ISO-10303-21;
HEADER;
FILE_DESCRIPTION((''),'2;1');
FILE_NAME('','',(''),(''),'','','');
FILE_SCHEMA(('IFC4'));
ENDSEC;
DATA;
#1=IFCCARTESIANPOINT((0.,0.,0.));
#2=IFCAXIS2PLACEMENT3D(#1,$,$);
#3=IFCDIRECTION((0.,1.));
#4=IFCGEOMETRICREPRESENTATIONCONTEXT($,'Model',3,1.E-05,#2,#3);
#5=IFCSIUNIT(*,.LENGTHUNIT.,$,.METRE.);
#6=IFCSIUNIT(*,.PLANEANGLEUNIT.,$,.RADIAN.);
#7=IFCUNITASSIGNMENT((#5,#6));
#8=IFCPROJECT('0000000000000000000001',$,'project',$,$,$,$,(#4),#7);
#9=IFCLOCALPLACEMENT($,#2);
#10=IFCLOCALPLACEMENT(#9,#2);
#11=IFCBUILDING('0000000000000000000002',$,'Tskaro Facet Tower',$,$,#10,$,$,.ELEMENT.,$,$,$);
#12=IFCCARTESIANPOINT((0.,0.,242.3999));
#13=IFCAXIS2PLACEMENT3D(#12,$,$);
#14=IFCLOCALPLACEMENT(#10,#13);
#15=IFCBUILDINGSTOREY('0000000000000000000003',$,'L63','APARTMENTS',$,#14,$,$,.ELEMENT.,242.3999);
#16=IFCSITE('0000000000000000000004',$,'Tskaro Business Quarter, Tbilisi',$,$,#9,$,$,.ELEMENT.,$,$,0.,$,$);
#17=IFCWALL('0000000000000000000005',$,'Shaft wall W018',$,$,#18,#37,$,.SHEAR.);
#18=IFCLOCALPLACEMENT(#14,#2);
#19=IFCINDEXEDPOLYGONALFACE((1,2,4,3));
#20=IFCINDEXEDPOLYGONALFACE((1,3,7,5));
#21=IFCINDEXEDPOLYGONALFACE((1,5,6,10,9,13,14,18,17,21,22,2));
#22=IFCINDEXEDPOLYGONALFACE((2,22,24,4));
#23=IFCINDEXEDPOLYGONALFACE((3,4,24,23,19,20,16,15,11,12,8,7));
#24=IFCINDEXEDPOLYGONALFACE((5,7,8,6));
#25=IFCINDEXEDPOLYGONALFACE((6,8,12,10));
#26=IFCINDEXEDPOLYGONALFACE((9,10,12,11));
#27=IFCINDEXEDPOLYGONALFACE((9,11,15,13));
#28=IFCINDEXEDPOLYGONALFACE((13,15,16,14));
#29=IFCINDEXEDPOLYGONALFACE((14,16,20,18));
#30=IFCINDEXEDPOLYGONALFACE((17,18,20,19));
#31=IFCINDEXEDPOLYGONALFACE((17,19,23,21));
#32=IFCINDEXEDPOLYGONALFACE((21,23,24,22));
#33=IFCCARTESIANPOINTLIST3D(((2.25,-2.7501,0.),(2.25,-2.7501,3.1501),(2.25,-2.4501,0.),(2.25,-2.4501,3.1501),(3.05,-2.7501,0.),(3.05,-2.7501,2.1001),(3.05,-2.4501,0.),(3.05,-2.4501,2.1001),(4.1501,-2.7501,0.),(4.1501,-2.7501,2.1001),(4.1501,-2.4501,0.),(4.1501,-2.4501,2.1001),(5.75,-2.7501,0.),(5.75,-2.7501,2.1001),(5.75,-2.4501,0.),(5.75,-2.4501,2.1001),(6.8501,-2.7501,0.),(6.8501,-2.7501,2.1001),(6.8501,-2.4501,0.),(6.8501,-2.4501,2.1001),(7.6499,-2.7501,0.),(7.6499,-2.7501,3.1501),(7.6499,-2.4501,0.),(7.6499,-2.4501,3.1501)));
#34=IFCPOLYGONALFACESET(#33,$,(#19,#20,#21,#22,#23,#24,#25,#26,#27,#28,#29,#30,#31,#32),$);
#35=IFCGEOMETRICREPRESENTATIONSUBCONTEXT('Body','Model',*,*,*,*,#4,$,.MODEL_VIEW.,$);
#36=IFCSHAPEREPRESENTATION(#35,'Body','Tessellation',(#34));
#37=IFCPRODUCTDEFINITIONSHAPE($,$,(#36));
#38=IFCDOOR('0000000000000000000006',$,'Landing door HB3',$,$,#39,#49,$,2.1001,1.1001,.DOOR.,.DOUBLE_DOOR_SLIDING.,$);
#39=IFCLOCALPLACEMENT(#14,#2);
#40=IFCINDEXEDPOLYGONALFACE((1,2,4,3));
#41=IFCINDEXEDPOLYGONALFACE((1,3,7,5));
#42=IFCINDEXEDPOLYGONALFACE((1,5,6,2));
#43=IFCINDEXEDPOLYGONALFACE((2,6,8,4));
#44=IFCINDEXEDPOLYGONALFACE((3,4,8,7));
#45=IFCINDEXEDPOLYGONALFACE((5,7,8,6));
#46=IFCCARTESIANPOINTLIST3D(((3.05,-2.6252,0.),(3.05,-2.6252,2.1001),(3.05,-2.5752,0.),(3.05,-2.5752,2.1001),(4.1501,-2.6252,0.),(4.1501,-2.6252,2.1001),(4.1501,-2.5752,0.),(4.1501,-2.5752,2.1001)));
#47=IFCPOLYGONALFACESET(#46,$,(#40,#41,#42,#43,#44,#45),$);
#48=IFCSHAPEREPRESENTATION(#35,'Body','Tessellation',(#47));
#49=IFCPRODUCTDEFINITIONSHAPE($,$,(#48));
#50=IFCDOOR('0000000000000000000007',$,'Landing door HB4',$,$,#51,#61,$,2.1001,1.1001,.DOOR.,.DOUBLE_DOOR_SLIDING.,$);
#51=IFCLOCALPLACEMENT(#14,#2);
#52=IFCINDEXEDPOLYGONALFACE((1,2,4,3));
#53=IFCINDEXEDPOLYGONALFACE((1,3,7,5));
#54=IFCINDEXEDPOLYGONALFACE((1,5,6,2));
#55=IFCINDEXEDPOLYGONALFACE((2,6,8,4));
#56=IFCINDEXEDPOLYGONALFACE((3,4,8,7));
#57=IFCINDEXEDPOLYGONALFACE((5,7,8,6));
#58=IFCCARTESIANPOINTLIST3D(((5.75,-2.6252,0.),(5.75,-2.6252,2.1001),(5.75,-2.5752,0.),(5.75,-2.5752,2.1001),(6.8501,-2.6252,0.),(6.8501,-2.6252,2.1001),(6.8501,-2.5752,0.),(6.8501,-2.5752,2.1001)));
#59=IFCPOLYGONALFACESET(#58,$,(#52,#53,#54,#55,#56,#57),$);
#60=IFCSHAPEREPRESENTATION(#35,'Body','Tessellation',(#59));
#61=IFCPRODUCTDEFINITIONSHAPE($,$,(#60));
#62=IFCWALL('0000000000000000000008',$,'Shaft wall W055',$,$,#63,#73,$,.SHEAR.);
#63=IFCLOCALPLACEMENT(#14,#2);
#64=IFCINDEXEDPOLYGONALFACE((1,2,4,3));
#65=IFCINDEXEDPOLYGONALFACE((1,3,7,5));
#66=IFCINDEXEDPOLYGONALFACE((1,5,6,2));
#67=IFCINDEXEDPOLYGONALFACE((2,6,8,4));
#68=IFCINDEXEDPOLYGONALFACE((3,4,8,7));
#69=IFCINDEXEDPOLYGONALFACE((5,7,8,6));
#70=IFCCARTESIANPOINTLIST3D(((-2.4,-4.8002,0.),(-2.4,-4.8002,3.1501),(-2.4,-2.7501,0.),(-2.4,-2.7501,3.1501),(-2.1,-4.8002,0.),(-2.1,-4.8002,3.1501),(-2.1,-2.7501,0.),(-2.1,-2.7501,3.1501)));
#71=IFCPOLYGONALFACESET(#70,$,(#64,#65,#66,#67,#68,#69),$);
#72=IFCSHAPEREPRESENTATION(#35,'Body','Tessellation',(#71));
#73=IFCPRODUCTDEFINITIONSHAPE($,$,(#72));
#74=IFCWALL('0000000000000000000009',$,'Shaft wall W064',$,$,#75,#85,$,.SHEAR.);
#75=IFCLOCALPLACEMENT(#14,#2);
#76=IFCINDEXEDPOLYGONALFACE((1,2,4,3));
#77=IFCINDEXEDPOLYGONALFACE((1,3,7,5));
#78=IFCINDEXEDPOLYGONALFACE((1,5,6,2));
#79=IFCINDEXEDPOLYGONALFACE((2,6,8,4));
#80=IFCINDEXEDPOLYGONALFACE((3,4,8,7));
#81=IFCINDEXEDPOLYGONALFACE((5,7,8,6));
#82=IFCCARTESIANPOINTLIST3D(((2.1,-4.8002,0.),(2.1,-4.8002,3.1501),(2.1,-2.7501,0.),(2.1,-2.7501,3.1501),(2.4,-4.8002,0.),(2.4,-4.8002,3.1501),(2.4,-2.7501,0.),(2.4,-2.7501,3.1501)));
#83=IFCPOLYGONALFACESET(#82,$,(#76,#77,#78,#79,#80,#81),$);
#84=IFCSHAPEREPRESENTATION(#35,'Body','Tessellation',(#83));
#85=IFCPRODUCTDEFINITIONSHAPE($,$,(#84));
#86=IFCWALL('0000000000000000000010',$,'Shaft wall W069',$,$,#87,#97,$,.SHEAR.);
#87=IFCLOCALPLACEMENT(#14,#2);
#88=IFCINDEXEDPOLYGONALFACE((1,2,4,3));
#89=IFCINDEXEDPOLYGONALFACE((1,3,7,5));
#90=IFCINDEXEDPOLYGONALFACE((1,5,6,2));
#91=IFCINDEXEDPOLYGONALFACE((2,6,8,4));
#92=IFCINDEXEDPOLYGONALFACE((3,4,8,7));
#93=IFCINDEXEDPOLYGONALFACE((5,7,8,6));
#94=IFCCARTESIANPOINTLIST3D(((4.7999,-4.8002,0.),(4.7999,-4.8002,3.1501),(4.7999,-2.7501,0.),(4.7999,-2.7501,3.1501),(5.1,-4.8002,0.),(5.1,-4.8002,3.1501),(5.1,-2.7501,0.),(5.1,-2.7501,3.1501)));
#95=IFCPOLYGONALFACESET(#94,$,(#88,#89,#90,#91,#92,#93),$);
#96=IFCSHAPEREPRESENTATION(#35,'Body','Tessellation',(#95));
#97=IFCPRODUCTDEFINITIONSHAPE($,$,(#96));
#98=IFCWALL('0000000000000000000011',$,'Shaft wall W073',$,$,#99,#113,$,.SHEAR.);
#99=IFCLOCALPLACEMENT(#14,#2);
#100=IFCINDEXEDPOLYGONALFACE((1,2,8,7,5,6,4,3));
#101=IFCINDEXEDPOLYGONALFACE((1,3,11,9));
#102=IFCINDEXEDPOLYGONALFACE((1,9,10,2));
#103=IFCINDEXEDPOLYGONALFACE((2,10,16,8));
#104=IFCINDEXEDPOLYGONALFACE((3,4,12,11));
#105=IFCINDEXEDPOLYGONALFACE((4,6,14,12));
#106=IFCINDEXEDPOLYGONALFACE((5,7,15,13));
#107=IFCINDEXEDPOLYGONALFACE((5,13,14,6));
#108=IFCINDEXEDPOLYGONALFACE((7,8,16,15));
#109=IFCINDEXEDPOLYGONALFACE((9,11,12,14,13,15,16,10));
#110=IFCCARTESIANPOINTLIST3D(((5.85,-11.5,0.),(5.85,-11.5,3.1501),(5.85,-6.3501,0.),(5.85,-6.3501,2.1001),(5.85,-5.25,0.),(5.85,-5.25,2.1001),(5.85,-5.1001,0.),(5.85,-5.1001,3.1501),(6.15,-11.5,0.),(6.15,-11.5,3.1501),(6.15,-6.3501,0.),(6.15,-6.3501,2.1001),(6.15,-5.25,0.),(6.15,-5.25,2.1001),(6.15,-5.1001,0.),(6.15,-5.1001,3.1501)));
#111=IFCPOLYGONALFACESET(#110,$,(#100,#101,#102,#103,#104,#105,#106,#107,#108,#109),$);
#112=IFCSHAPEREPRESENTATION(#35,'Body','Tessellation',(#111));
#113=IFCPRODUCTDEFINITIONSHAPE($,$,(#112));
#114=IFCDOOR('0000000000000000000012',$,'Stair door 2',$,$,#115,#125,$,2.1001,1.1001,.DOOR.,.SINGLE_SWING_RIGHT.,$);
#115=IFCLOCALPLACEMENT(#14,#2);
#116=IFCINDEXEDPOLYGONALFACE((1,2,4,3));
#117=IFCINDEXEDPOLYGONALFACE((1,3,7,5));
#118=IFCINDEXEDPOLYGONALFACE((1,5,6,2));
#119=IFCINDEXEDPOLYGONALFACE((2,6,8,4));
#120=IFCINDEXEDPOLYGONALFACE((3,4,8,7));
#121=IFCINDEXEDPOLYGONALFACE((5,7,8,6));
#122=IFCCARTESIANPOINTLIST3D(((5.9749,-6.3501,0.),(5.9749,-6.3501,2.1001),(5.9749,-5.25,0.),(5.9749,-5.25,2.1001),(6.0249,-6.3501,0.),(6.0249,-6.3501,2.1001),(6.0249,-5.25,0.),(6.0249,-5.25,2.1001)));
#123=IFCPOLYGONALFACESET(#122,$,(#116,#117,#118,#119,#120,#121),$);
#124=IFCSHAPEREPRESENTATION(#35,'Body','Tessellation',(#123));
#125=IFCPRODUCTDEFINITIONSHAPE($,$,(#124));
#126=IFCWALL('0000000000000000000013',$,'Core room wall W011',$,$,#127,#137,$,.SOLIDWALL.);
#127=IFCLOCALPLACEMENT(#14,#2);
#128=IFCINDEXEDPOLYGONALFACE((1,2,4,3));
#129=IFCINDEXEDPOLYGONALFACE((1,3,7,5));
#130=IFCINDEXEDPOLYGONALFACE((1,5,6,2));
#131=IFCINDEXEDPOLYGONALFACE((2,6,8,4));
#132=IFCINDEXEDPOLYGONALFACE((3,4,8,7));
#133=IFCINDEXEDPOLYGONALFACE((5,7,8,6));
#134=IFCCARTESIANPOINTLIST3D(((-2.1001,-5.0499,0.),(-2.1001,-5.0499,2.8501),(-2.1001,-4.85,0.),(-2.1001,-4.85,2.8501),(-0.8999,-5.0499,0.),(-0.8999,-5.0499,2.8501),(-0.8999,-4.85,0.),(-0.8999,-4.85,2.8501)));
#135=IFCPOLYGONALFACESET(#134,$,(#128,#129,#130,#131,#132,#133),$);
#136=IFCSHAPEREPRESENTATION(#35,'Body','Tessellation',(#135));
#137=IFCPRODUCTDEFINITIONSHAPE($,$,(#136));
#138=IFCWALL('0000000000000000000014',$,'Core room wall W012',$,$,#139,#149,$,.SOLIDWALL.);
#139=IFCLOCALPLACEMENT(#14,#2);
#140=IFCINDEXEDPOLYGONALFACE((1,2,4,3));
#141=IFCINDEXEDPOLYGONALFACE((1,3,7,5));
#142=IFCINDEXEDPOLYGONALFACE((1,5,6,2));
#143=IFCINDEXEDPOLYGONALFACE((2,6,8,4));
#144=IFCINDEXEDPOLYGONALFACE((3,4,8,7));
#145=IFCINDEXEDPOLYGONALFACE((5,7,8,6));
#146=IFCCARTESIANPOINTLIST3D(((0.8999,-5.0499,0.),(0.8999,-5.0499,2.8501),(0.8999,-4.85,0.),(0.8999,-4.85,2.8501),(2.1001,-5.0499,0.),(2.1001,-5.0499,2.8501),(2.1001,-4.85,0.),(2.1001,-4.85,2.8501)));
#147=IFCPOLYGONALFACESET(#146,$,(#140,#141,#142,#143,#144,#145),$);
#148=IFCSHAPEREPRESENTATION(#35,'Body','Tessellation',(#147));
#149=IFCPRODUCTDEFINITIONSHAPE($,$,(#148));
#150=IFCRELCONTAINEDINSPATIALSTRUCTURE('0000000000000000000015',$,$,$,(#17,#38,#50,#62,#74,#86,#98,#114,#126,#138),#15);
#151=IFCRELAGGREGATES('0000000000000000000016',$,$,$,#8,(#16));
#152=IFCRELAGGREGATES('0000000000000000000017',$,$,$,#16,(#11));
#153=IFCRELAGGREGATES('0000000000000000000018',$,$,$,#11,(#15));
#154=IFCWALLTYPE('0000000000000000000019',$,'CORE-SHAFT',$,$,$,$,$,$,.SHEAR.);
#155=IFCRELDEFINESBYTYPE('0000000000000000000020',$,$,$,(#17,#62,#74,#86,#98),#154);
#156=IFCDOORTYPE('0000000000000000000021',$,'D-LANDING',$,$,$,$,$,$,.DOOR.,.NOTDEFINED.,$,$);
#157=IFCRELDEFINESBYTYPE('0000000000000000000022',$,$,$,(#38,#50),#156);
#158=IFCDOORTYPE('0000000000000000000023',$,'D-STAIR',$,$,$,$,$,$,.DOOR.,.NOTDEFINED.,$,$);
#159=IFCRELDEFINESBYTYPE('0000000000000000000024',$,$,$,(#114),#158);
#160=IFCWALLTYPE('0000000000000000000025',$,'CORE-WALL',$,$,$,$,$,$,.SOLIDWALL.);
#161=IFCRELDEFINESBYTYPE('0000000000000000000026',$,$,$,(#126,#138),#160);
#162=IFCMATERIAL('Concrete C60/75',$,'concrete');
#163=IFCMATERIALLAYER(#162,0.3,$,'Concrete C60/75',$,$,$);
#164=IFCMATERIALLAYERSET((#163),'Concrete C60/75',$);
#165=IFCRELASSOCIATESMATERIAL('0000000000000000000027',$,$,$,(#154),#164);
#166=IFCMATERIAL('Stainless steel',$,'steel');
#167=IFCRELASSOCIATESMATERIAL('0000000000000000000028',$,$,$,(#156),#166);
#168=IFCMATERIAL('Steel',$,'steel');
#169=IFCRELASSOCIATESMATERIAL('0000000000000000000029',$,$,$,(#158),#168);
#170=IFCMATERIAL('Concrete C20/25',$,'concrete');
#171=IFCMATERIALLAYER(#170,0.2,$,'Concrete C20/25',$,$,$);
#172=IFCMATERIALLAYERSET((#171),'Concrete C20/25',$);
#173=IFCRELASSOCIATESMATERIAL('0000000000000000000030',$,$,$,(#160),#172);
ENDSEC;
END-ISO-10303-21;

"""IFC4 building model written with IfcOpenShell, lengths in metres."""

from ifc_helpers import new_model, si_unit, direction, frame, frame_2d, origin, place, context, subcontext, project, spatial, rectangle, extrude, material, layer, layer_set, type_object, element, fill, save


model = new_model("IFC4")

# Units and contexts
model_context = context("Model", 3, precision=1e-05, world=origin(), true_north=direction((0.0, 1.0)))
body_context = subcontext(model_context, "Body", "Model", "MODEL_VIEW")
ifc_project = project(units=[si_unit("LENGTHUNIT", "METRE"), si_unit("PLANEANGLEUNIT", "RADIAN")], contexts=[model_context])

# Site, building, storey
site_placement = place(None, origin())
site = spatial("IfcSite", under=ifc_project, at=site_placement, Name="Tskaro Business Quarter, Tbilisi", CompositionType="ELEMENT", RefElevation=0.0)
building_placement = place(site_placement, origin())
building = spatial("IfcBuilding", under=site, at=building_placement, Name="Tskaro Facet Tower", CompositionType="ELEMENT")
storey_placement = place(building_placement, frame((0.0, 0.0, 242.3999)))
storey = spatial("IfcBuildingStorey", under=building, at=storey_placement, Name="L63", Description="APARTMENTS", CompositionType="ELEMENT", Elevation=242.3999)

# Shared definitions
ifc_material_1 = material(Name="Concrete C60/75", Category="concrete")

# Shared definitions
ifc_layer_1 = layer(ifc_material_1, 0.3, Name="Concrete C60/75")
ifc_layer_set_1 = layer_set([ifc_layer_1], Name="Concrete C60/75")
wall_type_1 = type_object("IfcWallType", Name="CORE-SHAFT", PredefinedType="SHEAR", material=ifc_layer_set_1)

# Wall, openings, doors
wall_1_placement = place(storey_placement, frame((2.25, -2.6001, 0.0), z_axis=(0.0, 0.0, 1.0), x_axis=(1.0, 0.0, 0.0)))
wall_1 = element("IfcWall", 1, at=wall_1_placement, inside=storey, type_object=wall_type_1, Name="Shaft wall W018", PredefinedType="SHEAR", context=body_context, shape_type="SweptSolid", body=[
    extrude(rectangle(XDim=5.3999, YDim=0.3, at=frame_2d((2.7, 0.0))), origin(), (0.0, 0.0, 1.0), 3.1501),
])
opening_1_placement = place(wall_1_placement, frame((0.8, 0.0, 0.0)))
opening_1 = element("IfcOpeningElement", 2, at=opening_1_placement, cuts=wall_1, PredefinedType="OPENING", context=body_context, shape_type="SweptSolid", body=[
    extrude(rectangle(XDim=1.1001, YDim=2.1001, at=frame_2d((0.55, 1.05))), frame((0.0, 0.1599, 0.0), z_axis=(0.0, -1.0, 0.0), x_axis=(1.0, 0.0, 0.0)), (0.0, 0.0, 1.0), 0.3201),
])
opening_2_placement = place(wall_1_placement, frame((3.5, 0.0, 0.0)))
opening_2 = element("IfcOpeningElement", 3, at=opening_2_placement, cuts=wall_1, PredefinedType="OPENING", context=body_context, shape_type="SweptSolid", body=[
    extrude(rectangle(XDim=1.1001, YDim=2.1001, at=frame_2d((0.55, 1.05))), frame((0.0, 0.1599, 0.0), z_axis=(0.0, -1.0, 0.0), x_axis=(1.0, 0.0, 0.0)), (0.0, 0.0, 1.0), 0.3201),
])
ifc_material_2 = material(Name="Stainless steel", Category="steel")
door_type_1 = type_object("IfcDoorType", Name="D-LANDING", OperationType="NOTDEFINED", PredefinedType="DOOR", material=ifc_material_2)
door_1_placement = place(opening_1_placement, origin())
door_1 = element("IfcDoor", 4, at=door_1_placement, inside=storey, type_object=door_type_1, Name="Landing door HB3", OperationType="DOUBLE_DOOR_SLIDING", OverallHeight=2.1001, OverallWidth=1.1001, PredefinedType="DOOR", context=body_context, shape_type="SweptSolid", body=[
    extrude(rectangle(XDim=1.1001, YDim=2.1001, at=frame_2d((0.55, 1.05))), frame((0.0, 0.0249, 0.0), z_axis=(0.0, -1.0, 0.0), x_axis=(1.0, 0.0, 0.0)), (0.0, 0.0, 1.0), 0.05),
])
fill(opening_1, door_1)
door_2_placement = place(opening_2_placement, origin())
door_2 = element("IfcDoor", 5, at=door_2_placement, inside=storey, type_object=door_type_1, Name="Landing door HB4", OperationType="DOUBLE_DOOR_SLIDING", OverallHeight=2.1001, OverallWidth=1.1001, PredefinedType="DOOR", context=body_context, shape_type="SweptSolid", body=[
    extrude(rectangle(XDim=1.1001, YDim=2.1001, at=frame_2d((0.55, 1.05))), frame((0.0, 0.0249, 0.0), z_axis=(0.0, -1.0, 0.0), x_axis=(1.0, 0.0, 0.0)), (0.0, 0.0, 1.0), 0.05),
])
fill(opening_2, door_2)

# Walls
for number, where, z_axis, x_axis, name in (
    (6, (-2.25, -4.8, 0.0), (0.0, 0.0, 1.0), (0.0, 1.0, 0.0), "Shaft wall W055"),
    (7, (2.25, -4.8, 0.0), (0.0, 0.0, 1.0), (0.0, 1.0, 0.0), "Shaft wall W064"),
    (8, (4.95, -4.8, 0.0), (0.0, 0.0, 1.0), (0.0, 1.0, 0.0), "Shaft wall W069"),
):
    element("IfcWall", number, at=place(storey_placement, frame(where, z_axis=z_axis, x_axis=x_axis)), inside=storey, type_object=wall_type_1, Name=name, PredefinedType="SHEAR", context=body_context, shape_type="SweptSolid", body=[
        extrude(rectangle(XDim=2.05, YDim=0.3, at=frame_2d((1.0249, 0.0))), origin(), (0.0, 0.0, 1.0), 3.1501),
    ])

# Wall, opening, door
wall_2_placement = place(storey_placement, frame((6.0, -5.1001, 0.0), z_axis=(0.0, 0.0, 1.0), x_axis=(0.0, -1.0, 0.0)))
wall_2 = element("IfcWall", 9, at=wall_2_placement, inside=storey, type_object=wall_type_1, Name="Shaft wall W073", PredefinedType="SHEAR", context=body_context, shape_type="SweptSolid", body=[
    extrude(rectangle(XDim=6.3999, YDim=0.3, at=frame_2d((3.2, 0.0))), origin(), (0.0, 0.0, 1.0), 3.1501),
])
opening_3_placement = place(wall_2_placement, frame((0.1499, 0.0, 0.0)))
opening_3 = element("IfcOpeningElement", 10, at=opening_3_placement, cuts=wall_2, PredefinedType="OPENING", context=body_context, shape_type="SweptSolid", body=[
    extrude(rectangle(XDim=1.1001, YDim=2.1001, at=frame_2d((0.55, 1.05))), frame((0.0, 0.1599, 0.0), z_axis=(0.0, -1.0, 0.0), x_axis=(1.0, 0.0, 0.0)), (0.0, 0.0, 1.0), 0.3201),
])
ifc_material_3 = material(Name="Steel", Category="steel")
door_type_2 = type_object("IfcDoorType", Name="D-STAIR", OperationType="NOTDEFINED", PredefinedType="DOOR", material=ifc_material_3)
door_3_placement = place(opening_3_placement, origin())
door_3 = element("IfcDoor", 11, at=door_3_placement, inside=storey, type_object=door_type_2, Name="Stair door 2", OperationType="SINGLE_SWING_RIGHT", OverallHeight=2.1001, OverallWidth=1.1001, PredefinedType="DOOR", context=body_context, shape_type="SweptSolid", body=[
    extrude(rectangle(XDim=1.1001, YDim=2.1001, at=frame_2d((0.55, 1.05))), frame((0.0, 0.0249, 0.0), z_axis=(0.0, -1.0, 0.0), x_axis=(1.0, 0.0, 0.0)), (0.0, 0.0, 1.0), 0.05),
])
fill(opening_3, door_3)

# Walls
ifc_material_4 = material(Name="Concrete C20/25", Category="concrete")
ifc_layer_2 = layer(ifc_material_4, 0.2, Name="Concrete C20/25")
ifc_layer_set_2 = layer_set([ifc_layer_2], Name="Concrete C20/25")
wall_type_2 = type_object("IfcWallType", Name="CORE-WALL", PredefinedType="SOLIDWALL", material=ifc_layer_set_2)
for number, where, z_axis, x_axis, name in (
    (12, (-2.1001, -4.95, 0.0), (0.0, 0.0, 1.0), (1.0, 0.0, 0.0), "Core room wall W011"),
    (13, (0.8999, -4.95, 0.0), (0.0, 0.0, 1.0), (1.0, 0.0, 0.0), "Core room wall W012"),
):
    element("IfcWall", number, at=place(storey_placement, frame(where, z_axis=z_axis, x_axis=x_axis)), inside=storey, type_object=wall_type_2, Name=name, PredefinedType="SOLIDWALL", context=body_context, shape_type="SweptSolid", body=[
        extrude(rectangle(XDim=1.2002, YDim=0.2, at=frame_2d((0.6001, 0.0))), origin(), (0.0, 0.0, 1.0), 2.8501),
    ])

save(model, "model.ifc")
